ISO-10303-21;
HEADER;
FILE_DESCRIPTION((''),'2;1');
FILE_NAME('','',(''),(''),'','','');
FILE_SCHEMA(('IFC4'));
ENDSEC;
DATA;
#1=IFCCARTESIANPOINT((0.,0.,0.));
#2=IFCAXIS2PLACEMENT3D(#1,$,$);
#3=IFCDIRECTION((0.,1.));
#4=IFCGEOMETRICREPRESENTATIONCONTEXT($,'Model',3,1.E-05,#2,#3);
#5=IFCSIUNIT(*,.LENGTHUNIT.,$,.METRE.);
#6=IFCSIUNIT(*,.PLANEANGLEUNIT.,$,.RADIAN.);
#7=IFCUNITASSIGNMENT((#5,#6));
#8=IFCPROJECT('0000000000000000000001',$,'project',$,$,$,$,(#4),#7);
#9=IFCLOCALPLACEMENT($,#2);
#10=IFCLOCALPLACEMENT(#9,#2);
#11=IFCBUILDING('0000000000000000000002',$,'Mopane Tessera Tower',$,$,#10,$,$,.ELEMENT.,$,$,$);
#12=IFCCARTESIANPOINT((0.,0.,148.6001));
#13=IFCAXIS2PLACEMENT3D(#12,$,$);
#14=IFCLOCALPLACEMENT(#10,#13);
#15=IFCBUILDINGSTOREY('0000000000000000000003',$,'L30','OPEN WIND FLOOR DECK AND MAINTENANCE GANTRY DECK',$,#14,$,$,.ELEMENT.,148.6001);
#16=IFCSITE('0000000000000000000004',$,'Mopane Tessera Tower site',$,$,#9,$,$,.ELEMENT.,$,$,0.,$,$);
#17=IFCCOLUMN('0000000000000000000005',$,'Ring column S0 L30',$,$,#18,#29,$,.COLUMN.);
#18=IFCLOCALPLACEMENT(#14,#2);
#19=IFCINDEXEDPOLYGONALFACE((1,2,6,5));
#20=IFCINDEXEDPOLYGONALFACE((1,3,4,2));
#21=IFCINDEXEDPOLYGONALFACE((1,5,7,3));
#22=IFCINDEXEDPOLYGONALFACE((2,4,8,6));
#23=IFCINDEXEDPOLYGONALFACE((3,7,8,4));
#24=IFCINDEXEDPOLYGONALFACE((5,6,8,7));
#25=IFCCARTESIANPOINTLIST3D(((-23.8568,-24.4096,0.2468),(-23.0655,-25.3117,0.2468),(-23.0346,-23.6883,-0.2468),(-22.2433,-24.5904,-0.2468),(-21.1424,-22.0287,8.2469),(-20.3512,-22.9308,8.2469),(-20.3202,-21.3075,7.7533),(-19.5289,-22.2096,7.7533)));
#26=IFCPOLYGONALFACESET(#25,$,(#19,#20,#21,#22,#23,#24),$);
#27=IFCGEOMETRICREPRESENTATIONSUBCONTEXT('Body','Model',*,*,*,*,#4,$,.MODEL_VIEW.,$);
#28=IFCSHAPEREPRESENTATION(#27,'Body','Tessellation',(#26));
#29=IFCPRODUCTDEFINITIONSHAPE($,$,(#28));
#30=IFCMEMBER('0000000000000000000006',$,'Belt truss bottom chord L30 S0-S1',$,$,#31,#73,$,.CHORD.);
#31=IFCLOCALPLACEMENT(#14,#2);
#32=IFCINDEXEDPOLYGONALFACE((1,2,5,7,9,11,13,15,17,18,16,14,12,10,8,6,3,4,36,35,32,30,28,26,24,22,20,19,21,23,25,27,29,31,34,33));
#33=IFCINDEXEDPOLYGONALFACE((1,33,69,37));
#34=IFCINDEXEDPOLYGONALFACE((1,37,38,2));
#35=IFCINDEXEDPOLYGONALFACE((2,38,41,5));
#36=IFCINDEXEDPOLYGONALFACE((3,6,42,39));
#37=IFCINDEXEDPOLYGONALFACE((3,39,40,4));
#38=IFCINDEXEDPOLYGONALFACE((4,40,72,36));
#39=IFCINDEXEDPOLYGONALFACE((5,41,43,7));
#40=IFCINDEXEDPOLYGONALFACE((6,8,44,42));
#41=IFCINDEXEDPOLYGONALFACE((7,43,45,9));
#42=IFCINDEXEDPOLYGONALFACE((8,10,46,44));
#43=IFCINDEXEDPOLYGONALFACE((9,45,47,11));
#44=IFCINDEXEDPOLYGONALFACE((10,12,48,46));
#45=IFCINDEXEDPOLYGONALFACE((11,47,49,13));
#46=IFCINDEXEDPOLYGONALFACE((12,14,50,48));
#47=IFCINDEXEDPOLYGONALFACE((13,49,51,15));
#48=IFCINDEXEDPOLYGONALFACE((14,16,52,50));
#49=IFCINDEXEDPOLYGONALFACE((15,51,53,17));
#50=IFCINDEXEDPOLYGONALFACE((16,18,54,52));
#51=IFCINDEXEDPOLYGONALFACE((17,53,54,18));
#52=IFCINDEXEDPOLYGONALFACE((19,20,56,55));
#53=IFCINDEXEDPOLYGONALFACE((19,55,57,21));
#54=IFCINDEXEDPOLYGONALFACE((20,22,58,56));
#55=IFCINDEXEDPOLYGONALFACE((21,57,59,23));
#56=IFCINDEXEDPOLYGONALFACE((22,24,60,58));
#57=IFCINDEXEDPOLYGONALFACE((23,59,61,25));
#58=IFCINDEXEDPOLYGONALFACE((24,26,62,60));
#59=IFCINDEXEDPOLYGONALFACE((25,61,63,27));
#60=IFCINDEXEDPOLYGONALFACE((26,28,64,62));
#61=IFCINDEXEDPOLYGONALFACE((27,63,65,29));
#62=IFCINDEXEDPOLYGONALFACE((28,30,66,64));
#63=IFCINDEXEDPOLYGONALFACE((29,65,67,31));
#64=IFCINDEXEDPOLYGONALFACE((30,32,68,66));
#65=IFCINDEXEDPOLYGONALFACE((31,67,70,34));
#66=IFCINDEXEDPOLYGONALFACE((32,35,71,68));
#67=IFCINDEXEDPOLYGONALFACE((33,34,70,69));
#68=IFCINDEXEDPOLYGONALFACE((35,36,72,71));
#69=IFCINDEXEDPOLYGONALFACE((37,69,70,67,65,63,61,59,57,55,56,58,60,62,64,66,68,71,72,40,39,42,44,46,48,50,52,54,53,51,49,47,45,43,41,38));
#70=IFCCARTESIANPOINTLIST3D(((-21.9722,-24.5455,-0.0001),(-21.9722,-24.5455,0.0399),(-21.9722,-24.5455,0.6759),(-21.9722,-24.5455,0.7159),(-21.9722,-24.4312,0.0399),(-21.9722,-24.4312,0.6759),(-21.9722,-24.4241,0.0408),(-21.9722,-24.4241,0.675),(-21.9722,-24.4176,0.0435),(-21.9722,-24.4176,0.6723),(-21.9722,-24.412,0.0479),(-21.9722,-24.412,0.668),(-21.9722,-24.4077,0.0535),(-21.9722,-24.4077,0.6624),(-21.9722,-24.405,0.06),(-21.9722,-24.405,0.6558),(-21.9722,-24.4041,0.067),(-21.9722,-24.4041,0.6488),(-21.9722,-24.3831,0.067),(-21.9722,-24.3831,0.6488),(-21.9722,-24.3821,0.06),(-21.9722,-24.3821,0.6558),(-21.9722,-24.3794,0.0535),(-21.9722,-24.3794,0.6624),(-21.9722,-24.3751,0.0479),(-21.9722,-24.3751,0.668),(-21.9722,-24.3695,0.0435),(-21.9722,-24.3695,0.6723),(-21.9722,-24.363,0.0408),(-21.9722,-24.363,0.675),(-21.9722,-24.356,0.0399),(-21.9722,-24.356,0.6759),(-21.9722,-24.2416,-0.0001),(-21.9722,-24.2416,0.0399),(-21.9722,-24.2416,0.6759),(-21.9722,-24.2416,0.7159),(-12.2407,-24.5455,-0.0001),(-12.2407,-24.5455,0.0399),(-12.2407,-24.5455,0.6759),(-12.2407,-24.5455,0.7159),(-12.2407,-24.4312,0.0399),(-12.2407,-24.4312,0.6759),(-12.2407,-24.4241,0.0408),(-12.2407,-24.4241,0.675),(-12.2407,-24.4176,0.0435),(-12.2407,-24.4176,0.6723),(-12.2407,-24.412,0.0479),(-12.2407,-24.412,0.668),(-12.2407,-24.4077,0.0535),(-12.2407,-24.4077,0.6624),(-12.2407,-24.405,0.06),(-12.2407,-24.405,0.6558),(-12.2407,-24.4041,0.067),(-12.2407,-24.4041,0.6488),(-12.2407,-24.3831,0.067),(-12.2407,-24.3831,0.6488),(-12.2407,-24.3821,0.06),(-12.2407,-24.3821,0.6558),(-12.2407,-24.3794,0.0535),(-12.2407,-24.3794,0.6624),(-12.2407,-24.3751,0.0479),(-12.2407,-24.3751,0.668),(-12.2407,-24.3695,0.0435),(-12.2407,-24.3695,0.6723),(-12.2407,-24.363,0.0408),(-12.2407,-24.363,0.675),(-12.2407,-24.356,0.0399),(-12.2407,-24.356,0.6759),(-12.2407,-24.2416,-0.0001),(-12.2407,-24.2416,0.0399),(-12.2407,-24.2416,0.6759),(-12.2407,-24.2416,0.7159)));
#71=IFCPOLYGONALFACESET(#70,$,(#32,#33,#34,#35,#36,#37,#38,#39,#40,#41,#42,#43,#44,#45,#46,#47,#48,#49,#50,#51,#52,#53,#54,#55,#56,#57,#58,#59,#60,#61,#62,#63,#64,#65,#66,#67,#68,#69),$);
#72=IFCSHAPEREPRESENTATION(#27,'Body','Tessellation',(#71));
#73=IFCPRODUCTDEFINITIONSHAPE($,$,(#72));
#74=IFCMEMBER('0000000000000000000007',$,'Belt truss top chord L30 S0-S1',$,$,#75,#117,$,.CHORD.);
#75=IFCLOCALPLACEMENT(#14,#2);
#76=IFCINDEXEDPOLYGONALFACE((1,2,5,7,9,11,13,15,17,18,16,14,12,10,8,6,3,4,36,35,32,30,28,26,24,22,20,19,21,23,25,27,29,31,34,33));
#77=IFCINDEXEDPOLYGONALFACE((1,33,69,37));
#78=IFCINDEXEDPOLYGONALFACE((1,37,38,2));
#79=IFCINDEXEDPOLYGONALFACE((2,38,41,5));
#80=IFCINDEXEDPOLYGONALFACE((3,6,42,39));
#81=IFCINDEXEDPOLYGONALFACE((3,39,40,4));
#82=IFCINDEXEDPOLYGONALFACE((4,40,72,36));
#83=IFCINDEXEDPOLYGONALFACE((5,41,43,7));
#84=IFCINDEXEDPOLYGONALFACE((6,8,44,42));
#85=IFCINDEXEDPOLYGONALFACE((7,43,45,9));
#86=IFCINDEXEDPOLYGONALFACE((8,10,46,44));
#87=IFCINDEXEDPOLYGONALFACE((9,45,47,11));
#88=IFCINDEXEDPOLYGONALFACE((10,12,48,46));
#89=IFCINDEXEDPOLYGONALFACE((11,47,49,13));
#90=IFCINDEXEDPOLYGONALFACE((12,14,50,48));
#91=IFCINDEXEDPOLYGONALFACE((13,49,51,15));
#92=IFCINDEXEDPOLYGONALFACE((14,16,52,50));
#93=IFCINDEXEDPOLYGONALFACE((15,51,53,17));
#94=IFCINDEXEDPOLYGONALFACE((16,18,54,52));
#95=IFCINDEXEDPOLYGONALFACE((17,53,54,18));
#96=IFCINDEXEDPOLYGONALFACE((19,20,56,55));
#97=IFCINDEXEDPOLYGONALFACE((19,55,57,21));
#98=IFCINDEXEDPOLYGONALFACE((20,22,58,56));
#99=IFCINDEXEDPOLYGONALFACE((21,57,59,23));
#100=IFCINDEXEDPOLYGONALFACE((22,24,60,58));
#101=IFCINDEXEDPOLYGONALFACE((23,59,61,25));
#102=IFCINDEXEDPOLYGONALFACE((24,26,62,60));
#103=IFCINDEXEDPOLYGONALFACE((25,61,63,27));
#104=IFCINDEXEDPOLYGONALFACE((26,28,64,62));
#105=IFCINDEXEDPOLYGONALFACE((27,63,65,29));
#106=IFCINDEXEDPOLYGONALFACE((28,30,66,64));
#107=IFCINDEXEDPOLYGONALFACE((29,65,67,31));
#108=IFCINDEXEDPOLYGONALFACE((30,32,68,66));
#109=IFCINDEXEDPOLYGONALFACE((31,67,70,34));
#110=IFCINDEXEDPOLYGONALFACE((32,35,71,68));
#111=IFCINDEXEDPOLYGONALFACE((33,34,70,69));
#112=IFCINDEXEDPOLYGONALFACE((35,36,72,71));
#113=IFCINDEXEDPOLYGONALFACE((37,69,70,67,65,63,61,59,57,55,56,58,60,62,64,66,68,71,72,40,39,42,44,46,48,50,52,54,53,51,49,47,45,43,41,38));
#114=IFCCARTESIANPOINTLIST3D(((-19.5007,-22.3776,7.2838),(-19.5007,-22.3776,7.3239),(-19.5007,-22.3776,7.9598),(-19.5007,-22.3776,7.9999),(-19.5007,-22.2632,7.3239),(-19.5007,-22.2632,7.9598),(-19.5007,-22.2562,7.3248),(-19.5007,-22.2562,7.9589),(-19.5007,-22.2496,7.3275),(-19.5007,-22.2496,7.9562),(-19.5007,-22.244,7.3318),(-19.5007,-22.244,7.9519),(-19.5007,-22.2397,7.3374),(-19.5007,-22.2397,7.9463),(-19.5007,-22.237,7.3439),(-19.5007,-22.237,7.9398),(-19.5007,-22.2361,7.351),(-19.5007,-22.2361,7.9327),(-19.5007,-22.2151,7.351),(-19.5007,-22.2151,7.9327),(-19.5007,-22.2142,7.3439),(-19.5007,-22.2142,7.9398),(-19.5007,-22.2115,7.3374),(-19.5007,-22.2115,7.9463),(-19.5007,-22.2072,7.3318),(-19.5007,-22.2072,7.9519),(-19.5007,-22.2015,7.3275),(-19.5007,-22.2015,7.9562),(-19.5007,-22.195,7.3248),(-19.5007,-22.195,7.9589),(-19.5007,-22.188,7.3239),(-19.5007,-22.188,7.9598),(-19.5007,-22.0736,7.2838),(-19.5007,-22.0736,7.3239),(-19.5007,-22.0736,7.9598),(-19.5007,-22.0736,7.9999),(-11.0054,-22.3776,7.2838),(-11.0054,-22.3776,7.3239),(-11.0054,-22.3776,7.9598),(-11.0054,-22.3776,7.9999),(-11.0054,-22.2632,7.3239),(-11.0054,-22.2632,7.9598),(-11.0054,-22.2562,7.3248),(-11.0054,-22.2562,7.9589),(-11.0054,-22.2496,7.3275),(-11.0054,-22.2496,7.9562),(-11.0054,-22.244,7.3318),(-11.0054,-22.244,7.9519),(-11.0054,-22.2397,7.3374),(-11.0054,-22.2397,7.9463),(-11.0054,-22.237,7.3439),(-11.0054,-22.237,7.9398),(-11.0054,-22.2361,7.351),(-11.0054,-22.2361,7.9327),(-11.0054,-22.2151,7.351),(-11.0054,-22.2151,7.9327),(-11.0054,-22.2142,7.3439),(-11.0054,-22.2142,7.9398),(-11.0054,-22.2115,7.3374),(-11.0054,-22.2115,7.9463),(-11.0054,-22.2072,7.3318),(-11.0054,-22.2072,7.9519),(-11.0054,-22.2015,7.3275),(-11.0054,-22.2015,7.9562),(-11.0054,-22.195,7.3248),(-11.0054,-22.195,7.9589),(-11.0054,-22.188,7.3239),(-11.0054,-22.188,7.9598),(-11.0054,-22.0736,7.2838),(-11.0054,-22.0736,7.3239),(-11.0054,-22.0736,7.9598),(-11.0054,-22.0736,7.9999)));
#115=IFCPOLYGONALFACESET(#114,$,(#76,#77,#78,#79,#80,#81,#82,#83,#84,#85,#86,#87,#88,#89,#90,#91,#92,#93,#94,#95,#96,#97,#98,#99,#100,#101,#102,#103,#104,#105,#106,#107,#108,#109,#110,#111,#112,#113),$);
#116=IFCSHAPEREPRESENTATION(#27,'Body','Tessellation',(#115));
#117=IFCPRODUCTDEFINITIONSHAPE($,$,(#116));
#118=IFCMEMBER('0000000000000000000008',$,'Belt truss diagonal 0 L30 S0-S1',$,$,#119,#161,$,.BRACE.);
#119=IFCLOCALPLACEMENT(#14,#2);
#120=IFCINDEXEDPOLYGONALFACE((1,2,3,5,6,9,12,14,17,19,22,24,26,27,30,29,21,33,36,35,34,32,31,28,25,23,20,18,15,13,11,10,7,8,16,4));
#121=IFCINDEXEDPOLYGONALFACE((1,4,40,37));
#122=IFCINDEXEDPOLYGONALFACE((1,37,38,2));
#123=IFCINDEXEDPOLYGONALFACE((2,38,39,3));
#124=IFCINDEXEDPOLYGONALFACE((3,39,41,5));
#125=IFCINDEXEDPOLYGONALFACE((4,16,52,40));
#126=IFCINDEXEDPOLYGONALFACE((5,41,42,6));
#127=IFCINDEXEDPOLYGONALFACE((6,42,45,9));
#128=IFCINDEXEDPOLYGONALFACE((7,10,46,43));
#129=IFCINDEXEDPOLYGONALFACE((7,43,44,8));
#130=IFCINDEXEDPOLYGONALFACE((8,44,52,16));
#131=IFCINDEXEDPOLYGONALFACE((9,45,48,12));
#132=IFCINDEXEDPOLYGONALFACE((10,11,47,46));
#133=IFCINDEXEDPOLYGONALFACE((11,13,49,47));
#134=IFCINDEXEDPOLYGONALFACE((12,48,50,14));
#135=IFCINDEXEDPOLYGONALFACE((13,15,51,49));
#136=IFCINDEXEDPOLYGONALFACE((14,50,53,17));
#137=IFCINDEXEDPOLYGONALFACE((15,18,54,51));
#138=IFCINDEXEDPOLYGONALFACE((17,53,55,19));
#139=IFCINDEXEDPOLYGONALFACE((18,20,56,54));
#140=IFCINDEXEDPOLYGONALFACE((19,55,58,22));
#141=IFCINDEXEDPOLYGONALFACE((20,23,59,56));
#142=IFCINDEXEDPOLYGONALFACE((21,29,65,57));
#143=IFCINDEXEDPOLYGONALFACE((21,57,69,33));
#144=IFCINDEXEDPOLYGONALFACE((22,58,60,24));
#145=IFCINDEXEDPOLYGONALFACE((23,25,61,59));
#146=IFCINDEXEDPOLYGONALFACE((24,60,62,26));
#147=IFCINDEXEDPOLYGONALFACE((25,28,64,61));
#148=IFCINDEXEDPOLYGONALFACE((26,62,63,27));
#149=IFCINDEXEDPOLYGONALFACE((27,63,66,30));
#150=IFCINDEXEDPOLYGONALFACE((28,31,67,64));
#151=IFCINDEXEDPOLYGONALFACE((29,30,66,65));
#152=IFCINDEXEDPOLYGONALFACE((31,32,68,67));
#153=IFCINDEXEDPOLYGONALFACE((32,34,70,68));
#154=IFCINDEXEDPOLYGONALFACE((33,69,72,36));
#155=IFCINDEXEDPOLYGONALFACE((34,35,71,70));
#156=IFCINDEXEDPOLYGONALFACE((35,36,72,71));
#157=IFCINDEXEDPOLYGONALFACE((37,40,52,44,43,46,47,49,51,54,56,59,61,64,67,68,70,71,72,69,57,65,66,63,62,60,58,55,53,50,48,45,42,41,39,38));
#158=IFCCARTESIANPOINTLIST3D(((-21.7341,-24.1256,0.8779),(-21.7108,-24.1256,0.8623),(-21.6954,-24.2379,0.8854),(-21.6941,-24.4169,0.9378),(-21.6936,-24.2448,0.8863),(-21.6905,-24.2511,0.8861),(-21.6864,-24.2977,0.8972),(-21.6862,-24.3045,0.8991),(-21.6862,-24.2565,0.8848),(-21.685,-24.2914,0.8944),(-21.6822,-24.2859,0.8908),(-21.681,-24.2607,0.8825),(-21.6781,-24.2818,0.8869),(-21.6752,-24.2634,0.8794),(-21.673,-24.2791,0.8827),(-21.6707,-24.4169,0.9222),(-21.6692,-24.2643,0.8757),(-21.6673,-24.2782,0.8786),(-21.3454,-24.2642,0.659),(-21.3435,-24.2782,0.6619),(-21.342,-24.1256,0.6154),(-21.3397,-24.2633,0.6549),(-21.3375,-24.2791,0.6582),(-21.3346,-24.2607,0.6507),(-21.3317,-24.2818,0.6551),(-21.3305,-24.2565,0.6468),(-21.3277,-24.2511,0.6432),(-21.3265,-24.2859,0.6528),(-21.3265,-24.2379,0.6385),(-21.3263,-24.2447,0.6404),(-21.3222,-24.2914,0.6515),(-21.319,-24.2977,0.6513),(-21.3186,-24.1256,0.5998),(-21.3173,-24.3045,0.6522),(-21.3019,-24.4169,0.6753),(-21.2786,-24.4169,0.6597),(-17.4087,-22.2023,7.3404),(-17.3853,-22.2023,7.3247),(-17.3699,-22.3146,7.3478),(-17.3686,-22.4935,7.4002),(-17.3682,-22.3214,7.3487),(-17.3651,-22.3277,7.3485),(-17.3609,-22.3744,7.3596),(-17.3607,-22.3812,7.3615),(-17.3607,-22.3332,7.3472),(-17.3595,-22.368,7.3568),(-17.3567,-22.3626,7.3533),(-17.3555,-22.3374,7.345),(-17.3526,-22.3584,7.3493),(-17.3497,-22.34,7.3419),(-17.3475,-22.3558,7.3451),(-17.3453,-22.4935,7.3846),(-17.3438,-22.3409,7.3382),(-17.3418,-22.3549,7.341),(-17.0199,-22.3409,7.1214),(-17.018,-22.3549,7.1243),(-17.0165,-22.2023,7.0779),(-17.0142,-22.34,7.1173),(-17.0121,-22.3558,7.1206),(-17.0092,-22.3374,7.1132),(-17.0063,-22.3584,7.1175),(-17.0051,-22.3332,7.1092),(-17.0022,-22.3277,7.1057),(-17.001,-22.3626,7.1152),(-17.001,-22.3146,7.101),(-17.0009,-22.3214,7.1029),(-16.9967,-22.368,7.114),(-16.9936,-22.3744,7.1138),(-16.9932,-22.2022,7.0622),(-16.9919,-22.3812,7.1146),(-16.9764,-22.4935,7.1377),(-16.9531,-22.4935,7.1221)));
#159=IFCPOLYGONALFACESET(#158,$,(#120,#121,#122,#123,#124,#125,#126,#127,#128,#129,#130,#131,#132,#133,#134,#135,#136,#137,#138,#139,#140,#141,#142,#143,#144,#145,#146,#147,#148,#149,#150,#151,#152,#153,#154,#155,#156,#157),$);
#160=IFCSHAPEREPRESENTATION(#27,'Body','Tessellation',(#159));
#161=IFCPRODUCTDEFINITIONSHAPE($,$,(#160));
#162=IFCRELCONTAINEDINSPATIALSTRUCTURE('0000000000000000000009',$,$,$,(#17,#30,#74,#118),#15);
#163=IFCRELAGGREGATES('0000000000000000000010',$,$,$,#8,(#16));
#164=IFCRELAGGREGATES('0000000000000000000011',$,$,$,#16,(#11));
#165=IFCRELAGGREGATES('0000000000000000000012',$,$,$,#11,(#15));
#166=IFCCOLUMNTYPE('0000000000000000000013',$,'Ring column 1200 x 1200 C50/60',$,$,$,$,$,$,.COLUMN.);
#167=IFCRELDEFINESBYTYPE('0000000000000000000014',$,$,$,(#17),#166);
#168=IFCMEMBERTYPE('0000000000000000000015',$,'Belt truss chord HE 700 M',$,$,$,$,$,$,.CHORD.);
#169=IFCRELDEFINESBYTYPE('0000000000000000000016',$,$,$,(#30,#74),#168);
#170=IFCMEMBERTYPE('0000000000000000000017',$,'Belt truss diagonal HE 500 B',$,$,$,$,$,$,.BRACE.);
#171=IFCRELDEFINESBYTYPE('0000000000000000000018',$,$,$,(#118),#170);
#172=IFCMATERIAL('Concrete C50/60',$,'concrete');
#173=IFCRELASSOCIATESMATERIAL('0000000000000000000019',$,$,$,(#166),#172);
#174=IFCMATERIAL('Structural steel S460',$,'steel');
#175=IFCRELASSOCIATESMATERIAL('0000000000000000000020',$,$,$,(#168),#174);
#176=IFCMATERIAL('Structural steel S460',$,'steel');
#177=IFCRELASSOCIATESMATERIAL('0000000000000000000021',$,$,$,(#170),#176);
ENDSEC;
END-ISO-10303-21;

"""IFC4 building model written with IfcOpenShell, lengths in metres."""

from ifc_helpers import new_model, si_unit, direction, frame, origin, origin_2d, place, context, subcontext, project, spatial, rectangle, i_section, extrude, material, material_profile, profile_set, type_object, element, save


model = new_model("IFC4")

# Units and contexts
model_context = context("Model", 3, precision=1e-05, world=origin(), true_north=direction((0.0, 1.0)))
body_context = subcontext(model_context, "Body", "Model", "MODEL_VIEW")
ifc_project = project(units=[si_unit("LENGTHUNIT", "METRE"), si_unit("PLANEANGLEUNIT", "RADIAN")], contexts=[model_context])

# Site, building, storey
site_placement = place(None, origin())
site = spatial("IfcSite", under=ifc_project, at=site_placement, Name="Mopane Tessera Tower site", CompositionType="ELEMENT", RefElevation=0.0)
building_placement = place(site_placement, origin())
building = spatial("IfcBuilding", under=site, at=building_placement, Name="Mopane Tessera Tower", CompositionType="ELEMENT")
storey_placement = place(building_placement, frame((0.0, 0.0, 148.6001)))
storey = spatial("IfcBuildingStorey", under=building, at=storey_placement, Name="L30", Description="OPEN WIND FLOOR DECK AND MAINTENANCE GANTRY DECK", CompositionType="ELEMENT", Elevation=148.6001)

# Column
ifc_material_1 = material(Name="Concrete C50/60", Category="concrete")
ifc_material_profile_1 = material_profile(ifc_material_1, rectangle(XDim=1.2, YDim=1.2, at=origin_2d()))
ifc_profile_set_1 = profile_set([ifc_material_profile_1], Name="Concrete C50/60")
column_type = type_object("IfcColumnType", Name="Ring column 1200 x 1200 C50/60", PredefinedType="COLUMN", material=ifc_profile_set_1)
column_placement = place(storey_placement, frame((-23.05, -24.5, 0.0), z_axis=(0.309257, 0.27126, 0.91147), x_axis=(-0.659414, 0.75178, 0.0)))
element("IfcColumn", 1, at=column_placement, inside=storey, type_object=column_type, Name="Ring column S0 L30", PredefinedType="COLUMN", context=body_context, shape_type="SweptSolid", body=[
    extrude(rectangle(XDim=1.2, YDim=1.2, at=origin_2d()), origin(), (0.0, 0.0, 1.0), 8.7771),
])

# Members
ifc_material_2 = material(Name="Structural steel S460", Category="steel")
ifc_material_profile_2 = material_profile(ifc_material_2, i_section(OverallWidth=0.304, OverallDepth=0.7161, WebThickness=0.021, FlangeThickness=0.04, FilletRadius=0.0271, at=origin_2d()))
ifc_profile_set_2 = profile_set([ifc_material_profile_2], Name="Structural steel S460")
member_type_1 = type_object("IfcMemberType", Name="Belt truss chord HE 700 M", PredefinedType="CHORD", material=ifc_profile_set_2)
member_1_placement = place(storey_placement, frame((-21.9722, -24.3936, 0.3579), z_axis=(1.0, 0.0, 0.0), x_axis=(0.0, 1.0, 0.0)))
element("IfcMember", 2, at=member_1_placement, inside=storey, type_object=member_type_1, Name="Belt truss bottom chord L30 S0-S1", PredefinedType="CHORD", context=body_context, shape_type="SweptSolid", body=[
    extrude(i_section(OverallWidth=0.304, OverallDepth=0.7161, WebThickness=0.021, FlangeThickness=0.04, FilletRadius=0.0271, at=origin_2d()), origin(), (0.0, 0.0, 1.0), 9.7314),
])
member_2_placement = place(storey_placement, frame((-19.5007, -22.2256, 7.6418), z_axis=(1.0, 0.0, 0.0), x_axis=(0.0, 1.0, 0.0)))
element("IfcMember", 3, at=member_2_placement, inside=storey, type_object=member_type_1, Name="Belt truss top chord L30 S0-S1", PredefinedType="CHORD", context=body_context, shape_type="SweptSolid", body=[
    extrude(i_section(OverallWidth=0.304, OverallDepth=0.7161, WebThickness=0.021, FlangeThickness=0.04, FilletRadius=0.0271, at=origin_2d()), origin(), (0.0, 0.0, 1.0), 8.4954),
])
ifc_material_3 = material(Name="Structural steel S460", Category="steel")
ifc_material_profile_3 = material_profile(ifc_material_3, i_section(OverallWidth=0.3, OverallDepth=0.5, WebThickness=0.0144, FlangeThickness=0.0281, FilletRadius=0.0271, at=origin_2d()))
ifc_profile_set_3 = profile_set([ifc_material_profile_3], Name="Structural steel S460")
member_type_2 = type_object("IfcMemberType", Name="Belt truss diagonal HE 500 B", PredefinedType="BRACE", material=ifc_profile_set_3)
member_3_placement = place(storey_placement, frame((-21.5063, -24.2712, 0.7688), z_axis=(0.539958, 0.240096, 0.806721), x_axis=(-0.133562, 0.970749, -0.199518)))
element("IfcMember", 4, at=member_3_placement, inside=storey, type_object=member_type_2, Name="Belt truss diagonal 0 L30 S0-S1", PredefinedType="BRACE", context=body_context, shape_type="SweptSolid", body=[
    extrude(i_section(OverallWidth=0.3, OverallDepth=0.5, WebThickness=0.0144, FlangeThickness=0.0281, FilletRadius=0.0271, at=origin_2d()), origin(), (0.0, 0.0, 1.0), 8.0107),
])

save(model, "model.ifc")
